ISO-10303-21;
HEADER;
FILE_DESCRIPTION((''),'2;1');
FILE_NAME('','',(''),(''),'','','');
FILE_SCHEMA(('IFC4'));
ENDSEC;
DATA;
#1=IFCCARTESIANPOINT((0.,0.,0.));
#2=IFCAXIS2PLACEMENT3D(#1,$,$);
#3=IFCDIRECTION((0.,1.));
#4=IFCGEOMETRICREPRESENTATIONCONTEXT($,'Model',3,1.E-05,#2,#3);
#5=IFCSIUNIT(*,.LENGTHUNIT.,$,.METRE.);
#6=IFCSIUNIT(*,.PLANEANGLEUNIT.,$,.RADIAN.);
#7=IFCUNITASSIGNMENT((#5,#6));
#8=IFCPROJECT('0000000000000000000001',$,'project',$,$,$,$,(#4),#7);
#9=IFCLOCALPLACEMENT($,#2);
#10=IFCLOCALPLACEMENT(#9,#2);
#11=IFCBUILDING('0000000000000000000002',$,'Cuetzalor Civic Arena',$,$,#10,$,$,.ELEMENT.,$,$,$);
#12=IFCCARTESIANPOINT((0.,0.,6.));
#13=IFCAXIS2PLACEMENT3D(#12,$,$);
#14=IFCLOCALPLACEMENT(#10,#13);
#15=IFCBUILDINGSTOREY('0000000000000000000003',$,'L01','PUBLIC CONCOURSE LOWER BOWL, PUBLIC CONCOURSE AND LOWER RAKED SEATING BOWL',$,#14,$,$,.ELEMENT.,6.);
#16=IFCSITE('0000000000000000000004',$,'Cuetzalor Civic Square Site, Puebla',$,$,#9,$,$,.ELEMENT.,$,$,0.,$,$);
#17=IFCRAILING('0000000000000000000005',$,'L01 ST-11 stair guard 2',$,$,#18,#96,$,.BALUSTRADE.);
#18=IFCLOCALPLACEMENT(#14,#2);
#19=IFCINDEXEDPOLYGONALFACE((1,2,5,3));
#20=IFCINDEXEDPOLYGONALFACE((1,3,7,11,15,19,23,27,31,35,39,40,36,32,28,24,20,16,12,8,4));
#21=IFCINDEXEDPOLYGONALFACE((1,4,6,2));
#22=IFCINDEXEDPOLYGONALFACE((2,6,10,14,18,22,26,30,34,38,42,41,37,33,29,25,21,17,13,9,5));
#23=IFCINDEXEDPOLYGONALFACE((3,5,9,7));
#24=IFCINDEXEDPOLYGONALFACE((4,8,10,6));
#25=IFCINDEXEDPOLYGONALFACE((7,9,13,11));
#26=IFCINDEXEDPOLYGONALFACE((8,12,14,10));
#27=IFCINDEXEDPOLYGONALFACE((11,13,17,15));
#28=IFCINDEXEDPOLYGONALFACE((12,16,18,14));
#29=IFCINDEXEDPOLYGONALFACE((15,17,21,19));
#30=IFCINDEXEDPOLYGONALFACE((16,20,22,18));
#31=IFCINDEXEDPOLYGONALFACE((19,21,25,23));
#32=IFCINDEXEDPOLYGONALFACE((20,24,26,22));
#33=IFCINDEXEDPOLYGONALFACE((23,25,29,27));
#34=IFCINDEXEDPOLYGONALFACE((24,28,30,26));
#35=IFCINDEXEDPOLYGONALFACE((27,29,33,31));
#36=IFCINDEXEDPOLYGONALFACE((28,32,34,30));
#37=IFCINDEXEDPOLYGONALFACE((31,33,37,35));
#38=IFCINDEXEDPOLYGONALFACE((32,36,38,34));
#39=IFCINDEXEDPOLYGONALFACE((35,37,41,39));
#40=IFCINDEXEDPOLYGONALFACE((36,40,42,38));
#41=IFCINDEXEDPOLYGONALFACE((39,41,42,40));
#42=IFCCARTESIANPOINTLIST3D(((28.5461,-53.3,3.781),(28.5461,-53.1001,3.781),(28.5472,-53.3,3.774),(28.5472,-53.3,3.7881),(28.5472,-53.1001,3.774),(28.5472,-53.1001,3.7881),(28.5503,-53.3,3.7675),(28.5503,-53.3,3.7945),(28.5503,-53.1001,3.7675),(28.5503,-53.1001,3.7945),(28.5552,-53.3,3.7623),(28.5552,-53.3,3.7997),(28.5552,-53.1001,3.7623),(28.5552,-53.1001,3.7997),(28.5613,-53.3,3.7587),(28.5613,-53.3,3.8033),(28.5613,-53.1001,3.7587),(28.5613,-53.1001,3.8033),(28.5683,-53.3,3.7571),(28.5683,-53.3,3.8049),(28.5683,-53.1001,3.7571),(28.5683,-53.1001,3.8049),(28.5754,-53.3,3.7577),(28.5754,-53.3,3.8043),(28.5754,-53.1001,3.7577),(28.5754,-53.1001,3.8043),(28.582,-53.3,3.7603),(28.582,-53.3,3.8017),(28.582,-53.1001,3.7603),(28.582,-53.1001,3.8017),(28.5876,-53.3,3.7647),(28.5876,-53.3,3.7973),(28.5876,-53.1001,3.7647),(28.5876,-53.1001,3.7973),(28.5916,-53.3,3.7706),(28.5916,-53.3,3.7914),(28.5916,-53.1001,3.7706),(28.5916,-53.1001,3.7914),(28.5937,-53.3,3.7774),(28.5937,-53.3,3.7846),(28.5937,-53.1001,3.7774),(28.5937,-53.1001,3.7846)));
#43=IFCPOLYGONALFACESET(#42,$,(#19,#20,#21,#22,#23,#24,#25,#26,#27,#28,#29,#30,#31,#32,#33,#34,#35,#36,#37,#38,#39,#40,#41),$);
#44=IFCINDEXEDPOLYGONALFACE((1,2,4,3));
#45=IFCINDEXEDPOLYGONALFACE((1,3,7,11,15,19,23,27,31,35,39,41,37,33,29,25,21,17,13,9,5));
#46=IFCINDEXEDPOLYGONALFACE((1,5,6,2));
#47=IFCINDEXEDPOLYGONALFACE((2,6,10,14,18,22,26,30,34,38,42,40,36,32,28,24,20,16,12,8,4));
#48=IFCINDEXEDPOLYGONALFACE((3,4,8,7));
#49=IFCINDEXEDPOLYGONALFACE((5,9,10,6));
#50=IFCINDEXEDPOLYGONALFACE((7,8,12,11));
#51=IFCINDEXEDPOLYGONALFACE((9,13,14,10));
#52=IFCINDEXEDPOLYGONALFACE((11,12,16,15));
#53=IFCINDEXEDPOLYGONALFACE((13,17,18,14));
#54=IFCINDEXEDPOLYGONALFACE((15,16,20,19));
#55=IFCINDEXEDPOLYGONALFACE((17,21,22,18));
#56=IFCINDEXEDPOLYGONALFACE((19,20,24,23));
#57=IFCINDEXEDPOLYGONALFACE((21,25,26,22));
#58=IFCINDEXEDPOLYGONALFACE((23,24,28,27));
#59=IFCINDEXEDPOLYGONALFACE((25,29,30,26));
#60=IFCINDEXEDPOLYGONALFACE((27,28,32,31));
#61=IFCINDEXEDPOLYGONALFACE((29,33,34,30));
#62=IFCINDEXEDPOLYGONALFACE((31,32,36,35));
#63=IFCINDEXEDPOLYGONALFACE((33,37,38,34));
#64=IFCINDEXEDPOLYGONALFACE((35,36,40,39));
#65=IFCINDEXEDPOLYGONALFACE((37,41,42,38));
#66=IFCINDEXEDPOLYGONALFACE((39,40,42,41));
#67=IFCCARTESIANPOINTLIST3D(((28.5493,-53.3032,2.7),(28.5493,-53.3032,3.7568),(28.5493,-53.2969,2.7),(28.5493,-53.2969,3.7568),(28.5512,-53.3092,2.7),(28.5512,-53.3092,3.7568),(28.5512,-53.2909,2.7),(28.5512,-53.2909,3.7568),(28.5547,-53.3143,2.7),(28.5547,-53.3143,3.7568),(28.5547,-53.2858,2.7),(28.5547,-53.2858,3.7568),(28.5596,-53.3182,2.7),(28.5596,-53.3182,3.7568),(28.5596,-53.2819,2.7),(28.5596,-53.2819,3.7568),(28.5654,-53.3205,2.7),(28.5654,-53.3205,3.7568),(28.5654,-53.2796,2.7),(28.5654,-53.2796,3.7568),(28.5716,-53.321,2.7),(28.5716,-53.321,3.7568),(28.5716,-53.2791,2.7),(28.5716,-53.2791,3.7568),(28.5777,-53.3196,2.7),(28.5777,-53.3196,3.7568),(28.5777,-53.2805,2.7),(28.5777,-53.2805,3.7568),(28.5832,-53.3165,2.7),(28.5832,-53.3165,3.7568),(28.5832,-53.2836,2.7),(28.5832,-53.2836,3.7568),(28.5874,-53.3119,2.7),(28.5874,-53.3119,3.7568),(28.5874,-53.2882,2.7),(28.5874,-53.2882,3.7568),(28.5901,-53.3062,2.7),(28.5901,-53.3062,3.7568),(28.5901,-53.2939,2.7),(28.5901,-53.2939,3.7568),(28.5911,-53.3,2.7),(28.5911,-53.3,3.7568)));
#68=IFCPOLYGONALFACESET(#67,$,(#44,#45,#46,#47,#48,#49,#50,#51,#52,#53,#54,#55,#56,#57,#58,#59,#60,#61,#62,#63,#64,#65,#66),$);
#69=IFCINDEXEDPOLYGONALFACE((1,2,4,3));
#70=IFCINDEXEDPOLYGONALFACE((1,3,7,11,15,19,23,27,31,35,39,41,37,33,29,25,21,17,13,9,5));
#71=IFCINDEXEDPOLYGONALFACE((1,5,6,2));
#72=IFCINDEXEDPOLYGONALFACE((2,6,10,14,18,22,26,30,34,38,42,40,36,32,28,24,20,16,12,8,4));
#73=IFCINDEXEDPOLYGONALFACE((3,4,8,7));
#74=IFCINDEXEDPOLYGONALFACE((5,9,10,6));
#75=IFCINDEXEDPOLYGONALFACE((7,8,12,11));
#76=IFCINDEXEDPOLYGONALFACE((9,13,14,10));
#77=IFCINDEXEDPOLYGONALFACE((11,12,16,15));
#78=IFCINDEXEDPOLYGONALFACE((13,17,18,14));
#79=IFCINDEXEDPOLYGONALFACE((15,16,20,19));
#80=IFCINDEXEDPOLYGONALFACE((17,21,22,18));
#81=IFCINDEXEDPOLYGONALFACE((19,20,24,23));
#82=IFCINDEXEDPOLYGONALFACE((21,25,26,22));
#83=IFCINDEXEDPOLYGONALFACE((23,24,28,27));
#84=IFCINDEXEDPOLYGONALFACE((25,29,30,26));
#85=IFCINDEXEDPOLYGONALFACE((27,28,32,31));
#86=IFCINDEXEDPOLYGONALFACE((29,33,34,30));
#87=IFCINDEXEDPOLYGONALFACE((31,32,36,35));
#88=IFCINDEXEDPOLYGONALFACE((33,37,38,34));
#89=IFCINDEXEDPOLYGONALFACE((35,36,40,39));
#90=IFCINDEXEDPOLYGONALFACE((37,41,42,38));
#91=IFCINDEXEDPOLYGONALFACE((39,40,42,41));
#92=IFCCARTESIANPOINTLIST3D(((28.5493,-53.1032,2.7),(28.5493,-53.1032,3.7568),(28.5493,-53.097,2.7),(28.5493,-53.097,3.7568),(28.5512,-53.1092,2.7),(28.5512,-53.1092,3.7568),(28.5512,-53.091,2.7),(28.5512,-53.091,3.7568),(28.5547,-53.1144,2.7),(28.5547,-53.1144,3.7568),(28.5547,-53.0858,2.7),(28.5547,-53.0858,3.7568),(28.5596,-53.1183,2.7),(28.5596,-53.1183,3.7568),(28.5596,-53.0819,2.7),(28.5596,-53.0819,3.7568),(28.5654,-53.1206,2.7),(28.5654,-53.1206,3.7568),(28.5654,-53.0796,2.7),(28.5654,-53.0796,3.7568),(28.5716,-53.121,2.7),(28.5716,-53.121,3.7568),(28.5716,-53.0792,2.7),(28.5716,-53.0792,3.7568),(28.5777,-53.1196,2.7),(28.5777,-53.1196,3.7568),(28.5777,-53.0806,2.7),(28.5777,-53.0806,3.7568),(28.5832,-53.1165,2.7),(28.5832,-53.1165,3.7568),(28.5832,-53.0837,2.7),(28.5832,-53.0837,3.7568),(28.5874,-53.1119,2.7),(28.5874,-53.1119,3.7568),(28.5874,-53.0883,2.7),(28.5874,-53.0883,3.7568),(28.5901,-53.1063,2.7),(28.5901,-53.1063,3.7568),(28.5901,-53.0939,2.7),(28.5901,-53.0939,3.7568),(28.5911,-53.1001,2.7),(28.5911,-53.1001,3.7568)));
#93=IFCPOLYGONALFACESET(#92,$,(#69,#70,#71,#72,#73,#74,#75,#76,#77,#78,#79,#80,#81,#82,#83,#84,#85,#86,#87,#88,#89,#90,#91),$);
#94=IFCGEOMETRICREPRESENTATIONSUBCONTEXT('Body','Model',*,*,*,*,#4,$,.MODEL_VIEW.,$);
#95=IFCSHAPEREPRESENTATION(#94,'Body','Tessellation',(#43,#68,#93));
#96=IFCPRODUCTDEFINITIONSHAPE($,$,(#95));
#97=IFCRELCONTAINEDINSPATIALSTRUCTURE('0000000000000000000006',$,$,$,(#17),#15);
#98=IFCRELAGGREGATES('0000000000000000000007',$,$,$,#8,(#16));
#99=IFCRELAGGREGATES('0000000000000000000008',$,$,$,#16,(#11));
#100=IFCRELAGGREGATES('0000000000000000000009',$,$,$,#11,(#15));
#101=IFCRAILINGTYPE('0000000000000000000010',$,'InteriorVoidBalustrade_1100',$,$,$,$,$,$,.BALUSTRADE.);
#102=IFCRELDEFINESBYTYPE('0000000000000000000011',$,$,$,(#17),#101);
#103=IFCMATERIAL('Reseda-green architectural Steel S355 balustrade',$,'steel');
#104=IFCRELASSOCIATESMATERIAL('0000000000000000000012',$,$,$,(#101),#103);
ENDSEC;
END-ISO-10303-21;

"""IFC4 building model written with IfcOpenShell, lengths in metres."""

from ifc_helpers import new_model, si_unit, direction, frame, origin, origin_2d, place, context, subcontext, project, spatial, circle, extrude, material, type_object, element, save


model = new_model("IFC4")

# Units and contexts
model_context = context("Model", 3, precision=1e-05, world=origin(), true_north=direction((0.0, 1.0)))
body_context = subcontext(model_context, "Body", "Model", "MODEL_VIEW")
ifc_project = project(units=[si_unit("LENGTHUNIT", "METRE"), si_unit("PLANEANGLEUNIT", "RADIAN")], contexts=[model_context])

# Site, building, storey
site_placement = place(None, origin())
site = spatial("IfcSite", under=ifc_project, at=site_placement, Name="Cuetzalor Civic Square Site, Puebla", CompositionType="ELEMENT", RefElevation=0.0)
building_placement = place(site_placement, origin())
building = spatial("IfcBuilding", under=site, at=building_placement, Name="Cuetzalor Civic Arena", CompositionType="ELEMENT")
storey_placement = place(building_placement, frame((0.0, 0.0, 6.0)))
storey = spatial("IfcBuildingStorey", under=building, at=storey_placement, Name="L01", Description="PUBLIC CONCOURSE LOWER BOWL, PUBLIC CONCOURSE AND LOWER RAKED SEATING BOWL", CompositionType="ELEMENT", Elevation=6.0)

# Railing
ifc_material_1 = material(Name="Reseda-green architectural Steel S355 balustrade", Category="steel")
railing_type_1 = type_object("IfcRailingType", Name="InteriorVoidBalustrade_1100", PredefinedType="BALUSTRADE", material=ifc_material_1)
railing_1_placement = place(storey_placement, frame((28.5701, -53.3, 2.7)))
element("IfcRailing", 1, at=railing_1_placement, inside=storey, type_object=railing_type_1, Name="L01 ST-11 stair guard 2", PredefinedType="BALUSTRADE", context=body_context, shape_type="SweptSolid", body=[
    extrude(circle(Radius=0.0239, at=origin_2d()), frame((0.0, 0.0, 1.0811), z_axis=(0.0, 1.0, 0.0), x_axis=(-1.0, 0.0, 0.0)), (0.0, 0.0, 1.0), 0.2),
    extrude(circle(Radius=0.021, at=origin_2d()), origin(), (0.0, 0.0, 1.0), 1.0569),
    extrude(circle(Radius=0.021, at=origin_2d()), frame((0.0, 0.2, 0.0)), (0.0, 0.0, 1.0), 1.0569),
])

save(model, "model.ifc")
